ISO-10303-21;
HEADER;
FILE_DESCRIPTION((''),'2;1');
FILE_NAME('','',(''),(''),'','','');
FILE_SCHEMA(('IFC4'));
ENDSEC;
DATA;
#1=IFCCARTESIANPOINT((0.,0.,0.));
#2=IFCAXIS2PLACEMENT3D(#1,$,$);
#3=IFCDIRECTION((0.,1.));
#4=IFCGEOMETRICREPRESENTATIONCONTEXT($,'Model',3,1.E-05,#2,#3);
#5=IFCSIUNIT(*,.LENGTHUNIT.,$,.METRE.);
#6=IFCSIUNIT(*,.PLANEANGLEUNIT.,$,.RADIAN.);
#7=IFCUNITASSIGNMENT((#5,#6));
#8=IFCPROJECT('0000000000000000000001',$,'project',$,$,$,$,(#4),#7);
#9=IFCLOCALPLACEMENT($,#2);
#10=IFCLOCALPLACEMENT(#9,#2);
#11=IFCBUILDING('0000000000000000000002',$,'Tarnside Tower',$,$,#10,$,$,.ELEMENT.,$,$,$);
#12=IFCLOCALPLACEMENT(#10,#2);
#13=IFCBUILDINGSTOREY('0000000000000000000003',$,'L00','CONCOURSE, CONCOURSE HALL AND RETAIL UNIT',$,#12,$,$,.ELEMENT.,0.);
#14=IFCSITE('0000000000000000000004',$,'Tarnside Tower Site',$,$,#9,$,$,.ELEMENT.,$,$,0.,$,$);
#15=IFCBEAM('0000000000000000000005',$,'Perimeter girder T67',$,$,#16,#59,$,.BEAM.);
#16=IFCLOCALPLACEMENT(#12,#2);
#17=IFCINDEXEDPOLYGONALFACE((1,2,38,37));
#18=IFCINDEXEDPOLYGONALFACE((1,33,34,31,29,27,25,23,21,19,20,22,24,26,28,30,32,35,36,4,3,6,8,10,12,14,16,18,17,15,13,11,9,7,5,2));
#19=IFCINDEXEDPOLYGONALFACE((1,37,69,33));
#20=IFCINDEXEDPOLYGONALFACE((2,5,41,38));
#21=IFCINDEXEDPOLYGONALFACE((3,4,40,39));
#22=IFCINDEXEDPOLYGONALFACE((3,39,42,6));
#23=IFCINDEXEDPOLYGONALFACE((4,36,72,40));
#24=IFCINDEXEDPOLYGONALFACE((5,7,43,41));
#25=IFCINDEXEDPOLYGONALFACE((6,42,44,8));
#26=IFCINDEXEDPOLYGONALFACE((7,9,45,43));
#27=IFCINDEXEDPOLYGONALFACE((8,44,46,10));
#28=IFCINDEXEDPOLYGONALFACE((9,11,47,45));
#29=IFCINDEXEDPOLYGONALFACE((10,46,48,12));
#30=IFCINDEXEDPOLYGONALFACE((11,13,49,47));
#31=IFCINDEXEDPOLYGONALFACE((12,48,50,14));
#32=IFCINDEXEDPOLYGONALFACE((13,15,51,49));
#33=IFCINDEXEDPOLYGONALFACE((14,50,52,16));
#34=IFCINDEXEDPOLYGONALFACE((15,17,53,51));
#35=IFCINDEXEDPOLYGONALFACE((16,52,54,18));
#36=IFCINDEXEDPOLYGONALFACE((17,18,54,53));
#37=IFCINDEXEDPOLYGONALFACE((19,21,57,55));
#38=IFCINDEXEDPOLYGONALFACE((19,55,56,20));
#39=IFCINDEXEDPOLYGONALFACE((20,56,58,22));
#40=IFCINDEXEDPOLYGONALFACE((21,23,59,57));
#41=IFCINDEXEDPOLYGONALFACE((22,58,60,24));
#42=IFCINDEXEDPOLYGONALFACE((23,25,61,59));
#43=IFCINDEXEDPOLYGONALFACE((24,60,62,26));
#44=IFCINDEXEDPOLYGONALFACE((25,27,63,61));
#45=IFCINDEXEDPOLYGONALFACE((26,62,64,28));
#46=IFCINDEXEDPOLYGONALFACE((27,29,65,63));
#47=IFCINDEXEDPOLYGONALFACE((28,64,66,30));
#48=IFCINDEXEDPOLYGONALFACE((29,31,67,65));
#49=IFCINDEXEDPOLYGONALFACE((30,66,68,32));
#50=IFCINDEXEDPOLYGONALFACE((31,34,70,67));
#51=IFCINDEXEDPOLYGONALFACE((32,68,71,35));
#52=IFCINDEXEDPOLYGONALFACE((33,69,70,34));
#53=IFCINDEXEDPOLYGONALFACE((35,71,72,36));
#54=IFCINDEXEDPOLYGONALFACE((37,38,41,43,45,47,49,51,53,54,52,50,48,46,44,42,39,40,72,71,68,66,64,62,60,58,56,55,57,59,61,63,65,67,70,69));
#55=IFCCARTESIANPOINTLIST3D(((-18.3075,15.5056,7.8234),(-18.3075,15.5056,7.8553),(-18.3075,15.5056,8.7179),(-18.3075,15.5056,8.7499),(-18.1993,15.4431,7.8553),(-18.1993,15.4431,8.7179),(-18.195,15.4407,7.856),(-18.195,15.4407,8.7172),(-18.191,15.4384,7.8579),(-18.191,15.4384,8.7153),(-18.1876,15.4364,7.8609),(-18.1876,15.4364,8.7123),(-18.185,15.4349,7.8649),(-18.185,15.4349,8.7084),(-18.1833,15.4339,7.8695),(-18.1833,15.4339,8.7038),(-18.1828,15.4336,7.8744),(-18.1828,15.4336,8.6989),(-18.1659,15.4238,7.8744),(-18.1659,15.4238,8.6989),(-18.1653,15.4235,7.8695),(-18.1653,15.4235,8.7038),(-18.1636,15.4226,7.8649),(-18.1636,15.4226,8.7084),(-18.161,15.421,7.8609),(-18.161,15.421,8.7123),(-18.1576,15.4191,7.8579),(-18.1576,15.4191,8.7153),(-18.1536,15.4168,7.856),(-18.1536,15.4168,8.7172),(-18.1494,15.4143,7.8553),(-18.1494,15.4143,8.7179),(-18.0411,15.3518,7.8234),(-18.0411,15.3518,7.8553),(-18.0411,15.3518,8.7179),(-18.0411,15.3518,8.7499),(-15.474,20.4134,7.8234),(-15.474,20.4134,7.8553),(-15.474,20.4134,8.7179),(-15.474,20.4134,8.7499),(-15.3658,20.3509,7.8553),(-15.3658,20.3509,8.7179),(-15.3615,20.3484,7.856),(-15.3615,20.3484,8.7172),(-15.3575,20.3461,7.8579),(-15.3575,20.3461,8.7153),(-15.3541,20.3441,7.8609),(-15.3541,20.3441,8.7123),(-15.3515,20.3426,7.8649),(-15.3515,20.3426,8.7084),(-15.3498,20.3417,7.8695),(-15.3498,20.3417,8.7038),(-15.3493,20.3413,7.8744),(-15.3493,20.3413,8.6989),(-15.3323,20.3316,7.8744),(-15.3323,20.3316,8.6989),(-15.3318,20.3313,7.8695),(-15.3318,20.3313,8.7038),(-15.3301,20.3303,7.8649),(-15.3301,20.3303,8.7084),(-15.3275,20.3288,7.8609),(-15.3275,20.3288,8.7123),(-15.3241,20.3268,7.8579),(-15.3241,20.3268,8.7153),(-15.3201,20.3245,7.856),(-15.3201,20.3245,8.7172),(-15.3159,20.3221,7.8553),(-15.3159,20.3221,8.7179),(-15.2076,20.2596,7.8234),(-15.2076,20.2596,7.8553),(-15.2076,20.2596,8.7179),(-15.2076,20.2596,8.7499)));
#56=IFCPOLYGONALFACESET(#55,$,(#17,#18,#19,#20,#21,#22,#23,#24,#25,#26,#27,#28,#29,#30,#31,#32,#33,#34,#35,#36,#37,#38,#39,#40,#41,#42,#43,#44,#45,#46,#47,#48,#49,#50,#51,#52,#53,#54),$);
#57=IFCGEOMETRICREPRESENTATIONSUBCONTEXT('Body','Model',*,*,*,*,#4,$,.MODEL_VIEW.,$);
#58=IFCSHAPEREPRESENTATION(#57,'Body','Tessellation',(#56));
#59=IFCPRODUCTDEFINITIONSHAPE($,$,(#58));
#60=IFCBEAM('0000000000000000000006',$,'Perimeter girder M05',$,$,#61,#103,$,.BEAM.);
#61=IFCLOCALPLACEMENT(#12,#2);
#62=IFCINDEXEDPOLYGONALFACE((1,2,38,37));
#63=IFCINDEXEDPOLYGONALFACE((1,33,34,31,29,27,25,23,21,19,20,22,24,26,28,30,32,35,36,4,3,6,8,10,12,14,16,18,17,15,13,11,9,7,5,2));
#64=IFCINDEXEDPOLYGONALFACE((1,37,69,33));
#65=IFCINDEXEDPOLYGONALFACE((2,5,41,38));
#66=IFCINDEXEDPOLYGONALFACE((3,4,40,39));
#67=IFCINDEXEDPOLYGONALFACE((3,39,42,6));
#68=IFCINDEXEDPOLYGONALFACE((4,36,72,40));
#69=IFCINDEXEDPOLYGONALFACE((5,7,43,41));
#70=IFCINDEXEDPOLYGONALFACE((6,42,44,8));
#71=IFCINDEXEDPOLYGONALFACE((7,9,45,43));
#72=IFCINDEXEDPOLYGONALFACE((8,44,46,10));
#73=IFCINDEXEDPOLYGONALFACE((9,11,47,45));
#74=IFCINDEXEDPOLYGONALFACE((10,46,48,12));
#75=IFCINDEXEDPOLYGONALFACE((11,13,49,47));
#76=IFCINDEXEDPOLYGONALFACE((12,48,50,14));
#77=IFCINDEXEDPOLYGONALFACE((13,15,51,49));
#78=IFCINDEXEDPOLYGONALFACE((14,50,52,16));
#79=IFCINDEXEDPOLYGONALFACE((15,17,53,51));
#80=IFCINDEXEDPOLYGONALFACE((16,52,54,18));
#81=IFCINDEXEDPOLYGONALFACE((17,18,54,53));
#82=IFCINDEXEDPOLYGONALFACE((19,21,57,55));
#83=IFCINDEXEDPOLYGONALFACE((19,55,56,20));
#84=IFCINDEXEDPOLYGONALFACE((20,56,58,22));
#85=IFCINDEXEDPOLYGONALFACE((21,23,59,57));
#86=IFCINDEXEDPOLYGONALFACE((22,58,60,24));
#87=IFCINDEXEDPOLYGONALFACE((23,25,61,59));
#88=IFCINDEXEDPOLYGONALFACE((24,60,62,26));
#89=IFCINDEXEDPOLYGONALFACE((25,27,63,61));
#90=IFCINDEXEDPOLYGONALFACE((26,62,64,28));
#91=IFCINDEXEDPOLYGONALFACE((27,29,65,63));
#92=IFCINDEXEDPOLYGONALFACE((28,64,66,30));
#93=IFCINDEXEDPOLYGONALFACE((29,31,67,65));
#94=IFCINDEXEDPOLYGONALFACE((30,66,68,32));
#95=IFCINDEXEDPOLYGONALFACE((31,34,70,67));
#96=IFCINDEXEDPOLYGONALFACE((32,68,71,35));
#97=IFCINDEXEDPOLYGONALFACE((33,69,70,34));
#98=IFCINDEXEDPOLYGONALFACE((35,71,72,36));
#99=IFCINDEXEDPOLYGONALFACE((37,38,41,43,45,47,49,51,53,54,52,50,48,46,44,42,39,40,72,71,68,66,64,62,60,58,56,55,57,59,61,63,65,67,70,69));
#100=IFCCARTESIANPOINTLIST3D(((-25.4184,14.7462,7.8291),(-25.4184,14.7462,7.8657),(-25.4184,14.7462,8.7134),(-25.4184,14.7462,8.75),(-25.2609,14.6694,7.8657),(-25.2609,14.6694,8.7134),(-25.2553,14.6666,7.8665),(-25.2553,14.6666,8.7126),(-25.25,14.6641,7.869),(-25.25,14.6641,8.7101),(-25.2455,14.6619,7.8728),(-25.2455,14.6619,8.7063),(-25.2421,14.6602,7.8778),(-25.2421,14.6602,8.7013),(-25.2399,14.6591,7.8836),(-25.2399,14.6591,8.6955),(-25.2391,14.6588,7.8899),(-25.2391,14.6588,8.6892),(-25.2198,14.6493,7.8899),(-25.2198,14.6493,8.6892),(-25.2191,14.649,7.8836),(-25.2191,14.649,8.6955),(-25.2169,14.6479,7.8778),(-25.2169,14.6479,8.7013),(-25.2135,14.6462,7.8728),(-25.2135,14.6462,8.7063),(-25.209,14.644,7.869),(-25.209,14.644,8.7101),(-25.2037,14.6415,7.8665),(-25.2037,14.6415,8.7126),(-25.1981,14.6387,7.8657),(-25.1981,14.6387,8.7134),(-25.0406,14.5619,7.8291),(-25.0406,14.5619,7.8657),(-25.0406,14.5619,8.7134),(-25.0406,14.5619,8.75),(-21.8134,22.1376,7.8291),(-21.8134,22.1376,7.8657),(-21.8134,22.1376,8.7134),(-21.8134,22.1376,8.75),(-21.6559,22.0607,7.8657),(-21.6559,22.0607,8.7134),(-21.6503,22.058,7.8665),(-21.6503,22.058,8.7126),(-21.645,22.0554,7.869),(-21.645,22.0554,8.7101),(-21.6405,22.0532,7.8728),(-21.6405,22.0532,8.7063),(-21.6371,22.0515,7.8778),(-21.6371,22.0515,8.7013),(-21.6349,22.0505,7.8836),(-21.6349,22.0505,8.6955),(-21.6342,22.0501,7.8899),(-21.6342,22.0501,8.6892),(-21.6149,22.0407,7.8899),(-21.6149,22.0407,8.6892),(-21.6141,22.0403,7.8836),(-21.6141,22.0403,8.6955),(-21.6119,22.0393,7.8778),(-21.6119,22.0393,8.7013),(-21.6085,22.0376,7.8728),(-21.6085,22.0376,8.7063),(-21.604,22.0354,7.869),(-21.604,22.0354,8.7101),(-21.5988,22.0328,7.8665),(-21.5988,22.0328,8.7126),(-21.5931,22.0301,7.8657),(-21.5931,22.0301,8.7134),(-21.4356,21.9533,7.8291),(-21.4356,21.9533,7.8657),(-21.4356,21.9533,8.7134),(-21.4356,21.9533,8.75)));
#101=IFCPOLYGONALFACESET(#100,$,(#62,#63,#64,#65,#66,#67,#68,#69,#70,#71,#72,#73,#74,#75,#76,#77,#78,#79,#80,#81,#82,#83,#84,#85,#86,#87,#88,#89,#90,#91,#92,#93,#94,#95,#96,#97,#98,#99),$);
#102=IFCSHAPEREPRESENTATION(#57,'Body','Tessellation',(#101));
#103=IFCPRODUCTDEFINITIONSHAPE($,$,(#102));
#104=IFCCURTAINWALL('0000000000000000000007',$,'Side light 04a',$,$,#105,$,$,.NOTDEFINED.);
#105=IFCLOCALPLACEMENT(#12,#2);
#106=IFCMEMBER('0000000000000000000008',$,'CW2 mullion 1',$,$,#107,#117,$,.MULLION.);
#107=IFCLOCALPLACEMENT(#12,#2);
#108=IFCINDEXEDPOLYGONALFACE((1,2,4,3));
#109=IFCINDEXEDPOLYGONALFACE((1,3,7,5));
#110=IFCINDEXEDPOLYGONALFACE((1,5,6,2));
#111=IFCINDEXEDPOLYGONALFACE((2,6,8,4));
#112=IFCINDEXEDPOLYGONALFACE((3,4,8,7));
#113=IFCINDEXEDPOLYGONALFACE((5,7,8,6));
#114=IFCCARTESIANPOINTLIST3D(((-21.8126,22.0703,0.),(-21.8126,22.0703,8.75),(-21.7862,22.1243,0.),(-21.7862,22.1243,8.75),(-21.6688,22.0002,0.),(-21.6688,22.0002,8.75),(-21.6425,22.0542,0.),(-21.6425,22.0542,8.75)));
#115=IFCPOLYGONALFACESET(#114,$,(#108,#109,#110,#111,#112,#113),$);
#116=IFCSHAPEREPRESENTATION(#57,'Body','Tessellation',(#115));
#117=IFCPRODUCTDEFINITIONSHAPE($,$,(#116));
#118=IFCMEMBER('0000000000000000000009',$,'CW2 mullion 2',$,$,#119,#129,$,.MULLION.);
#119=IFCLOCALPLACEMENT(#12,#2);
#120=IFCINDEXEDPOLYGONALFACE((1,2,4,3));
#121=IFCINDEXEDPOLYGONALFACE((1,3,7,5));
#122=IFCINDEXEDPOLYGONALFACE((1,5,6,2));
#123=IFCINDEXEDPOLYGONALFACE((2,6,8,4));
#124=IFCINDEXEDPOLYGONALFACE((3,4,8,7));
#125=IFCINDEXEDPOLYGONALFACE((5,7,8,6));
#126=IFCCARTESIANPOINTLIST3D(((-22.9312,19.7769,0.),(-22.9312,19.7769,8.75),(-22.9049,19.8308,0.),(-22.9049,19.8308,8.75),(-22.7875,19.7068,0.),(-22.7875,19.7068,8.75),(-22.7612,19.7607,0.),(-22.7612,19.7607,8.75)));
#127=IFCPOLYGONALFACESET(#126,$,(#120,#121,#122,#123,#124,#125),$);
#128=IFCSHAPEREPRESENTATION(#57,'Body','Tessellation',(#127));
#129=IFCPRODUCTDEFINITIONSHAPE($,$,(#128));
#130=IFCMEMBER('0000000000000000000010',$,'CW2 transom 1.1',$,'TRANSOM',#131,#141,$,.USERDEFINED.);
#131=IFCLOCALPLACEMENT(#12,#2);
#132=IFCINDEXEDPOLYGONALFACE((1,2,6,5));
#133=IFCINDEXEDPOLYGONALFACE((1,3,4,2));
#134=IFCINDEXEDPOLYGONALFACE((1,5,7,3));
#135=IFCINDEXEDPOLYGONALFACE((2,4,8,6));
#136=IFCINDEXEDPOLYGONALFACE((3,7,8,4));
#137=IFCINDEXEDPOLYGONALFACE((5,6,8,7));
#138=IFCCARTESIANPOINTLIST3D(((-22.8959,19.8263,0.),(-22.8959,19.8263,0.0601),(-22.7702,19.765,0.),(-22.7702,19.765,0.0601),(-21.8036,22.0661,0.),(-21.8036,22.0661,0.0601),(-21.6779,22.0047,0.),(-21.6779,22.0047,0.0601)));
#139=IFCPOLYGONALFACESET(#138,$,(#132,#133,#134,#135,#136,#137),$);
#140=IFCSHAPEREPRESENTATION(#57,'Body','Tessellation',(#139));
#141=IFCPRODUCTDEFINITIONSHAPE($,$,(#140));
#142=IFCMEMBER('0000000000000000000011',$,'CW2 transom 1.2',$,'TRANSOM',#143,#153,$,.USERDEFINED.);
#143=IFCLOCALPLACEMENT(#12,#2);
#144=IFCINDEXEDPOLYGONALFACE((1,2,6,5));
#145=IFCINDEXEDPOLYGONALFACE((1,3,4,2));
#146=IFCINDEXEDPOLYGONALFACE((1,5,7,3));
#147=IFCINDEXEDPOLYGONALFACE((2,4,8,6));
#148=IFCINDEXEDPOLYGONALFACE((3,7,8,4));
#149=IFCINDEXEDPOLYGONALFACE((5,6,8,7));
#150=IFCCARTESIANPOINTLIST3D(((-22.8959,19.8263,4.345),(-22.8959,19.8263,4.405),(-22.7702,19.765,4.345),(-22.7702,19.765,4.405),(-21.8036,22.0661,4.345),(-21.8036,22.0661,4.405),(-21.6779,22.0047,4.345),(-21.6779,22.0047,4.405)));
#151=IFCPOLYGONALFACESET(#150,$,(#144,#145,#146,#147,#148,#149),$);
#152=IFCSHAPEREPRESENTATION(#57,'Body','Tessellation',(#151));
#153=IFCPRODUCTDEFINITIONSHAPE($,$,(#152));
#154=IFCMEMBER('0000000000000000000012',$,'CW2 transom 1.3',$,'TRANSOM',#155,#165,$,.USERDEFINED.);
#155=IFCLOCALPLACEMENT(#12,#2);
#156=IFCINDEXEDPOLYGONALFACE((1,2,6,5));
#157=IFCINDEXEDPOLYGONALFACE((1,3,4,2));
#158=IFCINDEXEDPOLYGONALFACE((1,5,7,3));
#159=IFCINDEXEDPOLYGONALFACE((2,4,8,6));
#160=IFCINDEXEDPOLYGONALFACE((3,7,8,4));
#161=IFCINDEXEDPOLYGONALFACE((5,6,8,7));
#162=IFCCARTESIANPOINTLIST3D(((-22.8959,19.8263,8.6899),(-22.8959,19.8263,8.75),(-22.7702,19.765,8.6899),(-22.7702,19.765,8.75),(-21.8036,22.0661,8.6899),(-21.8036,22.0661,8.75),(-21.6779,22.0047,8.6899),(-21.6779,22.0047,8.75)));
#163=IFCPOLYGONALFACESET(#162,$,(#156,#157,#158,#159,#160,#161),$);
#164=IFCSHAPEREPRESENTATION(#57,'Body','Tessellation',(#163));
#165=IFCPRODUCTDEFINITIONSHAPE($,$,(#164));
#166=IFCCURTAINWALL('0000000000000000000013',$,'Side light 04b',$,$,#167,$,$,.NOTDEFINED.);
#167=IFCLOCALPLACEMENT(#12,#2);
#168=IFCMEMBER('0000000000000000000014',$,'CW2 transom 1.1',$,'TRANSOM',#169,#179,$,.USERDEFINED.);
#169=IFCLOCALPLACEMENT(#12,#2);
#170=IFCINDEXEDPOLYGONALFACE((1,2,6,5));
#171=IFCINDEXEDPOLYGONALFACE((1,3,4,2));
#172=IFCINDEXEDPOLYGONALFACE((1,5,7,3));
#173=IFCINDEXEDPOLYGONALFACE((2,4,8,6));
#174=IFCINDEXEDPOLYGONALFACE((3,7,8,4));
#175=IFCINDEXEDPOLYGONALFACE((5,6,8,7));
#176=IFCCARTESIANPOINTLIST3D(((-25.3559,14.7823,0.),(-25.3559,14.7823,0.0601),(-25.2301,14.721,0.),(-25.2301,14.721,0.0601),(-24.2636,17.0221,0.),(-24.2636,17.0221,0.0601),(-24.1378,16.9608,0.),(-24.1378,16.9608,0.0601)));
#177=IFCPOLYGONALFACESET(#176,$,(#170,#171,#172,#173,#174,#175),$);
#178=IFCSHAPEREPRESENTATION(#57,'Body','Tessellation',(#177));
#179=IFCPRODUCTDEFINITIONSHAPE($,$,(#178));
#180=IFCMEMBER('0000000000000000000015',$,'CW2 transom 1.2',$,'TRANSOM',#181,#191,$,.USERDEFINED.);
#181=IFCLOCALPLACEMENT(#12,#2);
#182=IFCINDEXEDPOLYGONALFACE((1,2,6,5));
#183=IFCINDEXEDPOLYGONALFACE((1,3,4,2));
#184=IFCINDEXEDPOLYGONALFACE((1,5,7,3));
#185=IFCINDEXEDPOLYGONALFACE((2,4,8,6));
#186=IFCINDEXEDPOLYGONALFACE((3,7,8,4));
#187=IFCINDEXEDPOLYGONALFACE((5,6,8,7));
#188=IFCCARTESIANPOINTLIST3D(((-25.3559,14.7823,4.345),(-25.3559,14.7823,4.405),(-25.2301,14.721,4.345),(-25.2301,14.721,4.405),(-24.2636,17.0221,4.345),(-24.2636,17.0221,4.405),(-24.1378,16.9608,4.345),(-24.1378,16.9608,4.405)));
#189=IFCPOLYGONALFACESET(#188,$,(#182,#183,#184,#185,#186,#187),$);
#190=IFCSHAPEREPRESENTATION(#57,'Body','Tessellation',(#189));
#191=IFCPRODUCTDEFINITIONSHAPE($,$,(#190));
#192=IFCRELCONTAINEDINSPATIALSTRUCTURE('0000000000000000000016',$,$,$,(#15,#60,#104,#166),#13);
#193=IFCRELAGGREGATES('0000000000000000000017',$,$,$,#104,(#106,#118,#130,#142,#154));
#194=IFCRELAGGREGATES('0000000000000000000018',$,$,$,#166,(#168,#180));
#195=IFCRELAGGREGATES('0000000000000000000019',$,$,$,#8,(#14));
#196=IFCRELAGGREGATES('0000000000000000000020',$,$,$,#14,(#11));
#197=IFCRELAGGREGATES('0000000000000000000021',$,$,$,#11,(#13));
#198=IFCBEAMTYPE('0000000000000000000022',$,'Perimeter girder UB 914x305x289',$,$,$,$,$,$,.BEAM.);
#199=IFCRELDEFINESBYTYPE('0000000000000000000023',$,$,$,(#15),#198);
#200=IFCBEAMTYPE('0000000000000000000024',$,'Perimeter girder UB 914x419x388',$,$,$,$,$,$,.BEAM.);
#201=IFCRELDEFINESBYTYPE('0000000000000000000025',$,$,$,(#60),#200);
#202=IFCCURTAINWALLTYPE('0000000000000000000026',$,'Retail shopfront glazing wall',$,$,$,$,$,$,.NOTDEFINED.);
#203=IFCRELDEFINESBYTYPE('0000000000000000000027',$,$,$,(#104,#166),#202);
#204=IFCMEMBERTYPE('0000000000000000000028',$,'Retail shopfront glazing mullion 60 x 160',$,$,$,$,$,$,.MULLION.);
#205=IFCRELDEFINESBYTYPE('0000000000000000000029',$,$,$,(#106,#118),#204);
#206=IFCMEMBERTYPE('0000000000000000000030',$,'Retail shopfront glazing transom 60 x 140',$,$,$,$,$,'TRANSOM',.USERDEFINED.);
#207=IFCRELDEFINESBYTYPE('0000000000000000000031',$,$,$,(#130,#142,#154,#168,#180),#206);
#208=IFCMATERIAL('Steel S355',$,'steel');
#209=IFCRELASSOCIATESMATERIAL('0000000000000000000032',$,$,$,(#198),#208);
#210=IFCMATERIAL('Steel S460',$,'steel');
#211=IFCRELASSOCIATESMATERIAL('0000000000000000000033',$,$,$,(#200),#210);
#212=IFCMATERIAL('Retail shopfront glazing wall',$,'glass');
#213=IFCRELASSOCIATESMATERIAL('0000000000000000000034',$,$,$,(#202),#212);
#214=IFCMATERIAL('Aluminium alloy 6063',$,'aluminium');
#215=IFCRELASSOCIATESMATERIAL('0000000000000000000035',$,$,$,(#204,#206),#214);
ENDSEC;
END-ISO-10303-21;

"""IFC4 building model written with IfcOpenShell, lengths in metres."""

from ifc_helpers import new_model, si_unit, direction, frame, origin, origin_2d, place, context, subcontext, project, spatial, rectangle, i_section, extrude, material, material_profile, profile_set, type_object, element, aggregate, save


model = new_model("IFC4")

# Units and contexts
model_context = context("Model", 3, precision=1e-05, world=origin(), true_north=direction((0.0, 1.0)))
body_context = subcontext(model_context, "Body", "Model", "MODEL_VIEW")
ifc_project = project(units=[si_unit("LENGTHUNIT", "METRE"), si_unit("PLANEANGLEUNIT", "RADIAN")], contexts=[model_context])

# Site, building, storey
site_placement = place(None, origin())
site = spatial("IfcSite", under=ifc_project, at=site_placement, Name="Tarnside Tower Site", CompositionType="ELEMENT", RefElevation=0.0)
building_placement = place(site_placement, origin())
building = spatial("IfcBuilding", under=site, at=building_placement, Name="Tarnside Tower", CompositionType="ELEMENT")
storey_placement = place(building_placement, origin())
storey = spatial("IfcBuildingStorey", under=building, at=storey_placement, Name="L00", Description="CONCOURSE, CONCOURSE HALL AND RETAIL UNIT", CompositionType="ELEMENT", Elevation=0.0)

# Beams
ifc_material_1 = material(Name="Steel S355", Category="steel")
ifc_material_profile_1 = material_profile(ifc_material_1, i_section(OverallWidth=0.3076, OverallDepth=0.9265, WebThickness=0.0195, FlangeThickness=0.032, FilletRadius=0.019, at=origin_2d()), Name="UB 914x305x289")
ifc_profile_set_1 = profile_set([ifc_material_profile_1], Name="Steel S355")
beam_type_1 = type_object("IfcBeamType", Name="Perimeter girder UB 914x305x289", PredefinedType="BEAM", material=ifc_profile_set_1)
beam_1_placement = place(storey_placement, frame((-18.1743, 15.4287, 8.2866), z_axis=(0.500003, 0.866023, 0.0), x_axis=(-0.866023, 0.500003, 0.0)))
element("IfcBeam", 1, at=beam_1_placement, inside=storey, type_object=beam_type_1, Name="Perimeter girder T67", PredefinedType="BEAM", context=body_context, shape_type="SweptSolid", body=[
    extrude(i_section(OverallWidth=0.3076, OverallDepth=0.9265, WebThickness=0.0195, FlangeThickness=0.032, FilletRadius=0.019, at=origin_2d()), origin(), (0.0, 0.0, 1.0), 5.667),
])
ifc_material_2 = material(Name="Steel S460", Category="steel")
ifc_material_profile_2 = material_profile(ifc_material_2, i_section(OverallWidth=0.4204, OverallDepth=0.9209, WebThickness=0.0215, FlangeThickness=0.0366, FilletRadius=0.0242, at=origin_2d()), Name="UB 914x419x388")
ifc_profile_set_2 = profile_set([ifc_material_profile_2], Name="Steel S460")
beam_type_2 = type_object("IfcBeamType", Name="Perimeter girder UB 914x419x388", PredefinedType="BEAM", material=ifc_profile_set_2)
beam_2_placement = place(storey_placement, frame((-21.6245, 22.0454, 8.2896), z_axis=(-0.438369, -0.898795, 0.0), x_axis=(0.898795, -0.438369, 0.0)))
element("IfcBeam", 2, at=beam_2_placement, inside=storey, type_object=beam_type_2, Name="Perimeter girder M05", PredefinedType="BEAM", context=body_context, shape_type="SweptSolid", body=[
    extrude(i_section(OverallWidth=0.4204, OverallDepth=0.9209, WebThickness=0.0215, FlangeThickness=0.0366, FilletRadius=0.0242, at=origin_2d()), origin(), (0.0, 0.0, 1.0), 8.2236),
])

# Curtain walls, members
ifc_material_3 = material(Name="Retail shopfront glazing wall", Category="glass")
curtain_wall_type = type_object("IfcCurtainWallType", Name="Retail shopfront glazing wall", PredefinedType="NOTDEFINED", material=ifc_material_3)
curtain_wall_1_placement = place(storey_placement, origin())
curtain_wall_1 = element("IfcCurtainWall", 3, at=curtain_wall_1_placement, inside=storey, type_object=curtain_wall_type, Name="Side light 04a", PredefinedType="NOTDEFINED")
ifc_material_4 = material(Name="Aluminium alloy 6063", Category="aluminium")
ifc_material_profile_3 = material_profile(ifc_material_4, rectangle(XDim=0.1599, YDim=0.0601, at=origin_2d()), Name="Retail shopfront glazing mullion 60 x 160")
ifc_profile_set_3 = profile_set([ifc_material_profile_3], Name="Aluminium alloy 6063")
member_type_1 = type_object("IfcMemberType", Name="Retail shopfront glazing mullion 60 x 160", PredefinedType="MULLION", material=ifc_profile_set_3)
member_1_placement = place(storey_placement, frame((-21.7275, 22.0623, 0.0), z_axis=(0.0, 0.0, 1.0), x_axis=(0.898794, -0.438371, 0.0)))
member_1 = element("IfcMember", 4, at=member_1_placement, type_object=member_type_1, Name="CW2 mullion 1", PredefinedType="MULLION", context=body_context, shape_type="SweptSolid", body=[
    extrude(rectangle(XDim=0.1599, YDim=0.0601, at=origin_2d()), origin(), (0.0, 0.0, 1.0), 8.75),
])
member_2_placement = place(storey_placement, frame((-22.8462, 19.7688, 0.0), z_axis=(0.0, 0.0, 1.0), x_axis=(0.898794, -0.438371, 0.0)))
member_2 = element("IfcMember", 5, at=member_2_placement, type_object=member_type_1, Name="CW2 mullion 2", PredefinedType="MULLION", context=body_context, shape_type="SweptSolid", body=[
    extrude(rectangle(XDim=0.1599, YDim=0.0601, at=origin_2d()), origin(), (0.0, 0.0, 1.0), 8.75),
])
ifc_material_profile_4 = material_profile(ifc_material_4, rectangle(XDim=0.1399, YDim=0.0601, at=origin_2d()), Name="Retail shopfront glazing transom 60 x 140")
ifc_profile_set_4 = profile_set([ifc_material_profile_4], Name="Aluminium alloy 6063")
member_type_2 = type_object("IfcMemberType", Name="Retail shopfront glazing transom 60 x 140", ElementType="TRANSOM", PredefinedType="USERDEFINED", material=ifc_profile_set_4)
member_3_placement = place(storey_placement, frame((-21.7407, 22.0354, 0.03), z_axis=(-0.438335, -0.898812, 0.0), x_axis=(0.898812, -0.438335, 0.0)))
member_3 = element("IfcMember", 6, at=member_3_placement, type_object=member_type_2, Name="CW2 transom 1.1", ObjectType="TRANSOM", PredefinedType="USERDEFINED", context=body_context, shape_type="SweptSolid", body=[
    extrude(rectangle(XDim=0.1399, YDim=0.0601, at=origin_2d()), origin(), (0.0, 0.0, 1.0), 2.4919),
])
member_4_placement = place(storey_placement, frame((-21.7407, 22.0354, 4.375), z_axis=(-0.438335, -0.898812, 0.0), x_axis=(0.898812, -0.438335, 0.0)))
member_4 = element("IfcMember", 7, at=member_4_placement, type_object=member_type_2, Name="CW2 transom 1.2", ObjectType="TRANSOM", PredefinedType="USERDEFINED", context=body_context, shape_type="SweptSolid", body=[
    extrude(rectangle(XDim=0.1399, YDim=0.0601, at=origin_2d()), origin(), (0.0, 0.0, 1.0), 2.4919),
])
member_5_placement = place(storey_placement, frame((-21.7407, 22.0354, 8.72), z_axis=(-0.438335, -0.898812, 0.0), x_axis=(0.898812, -0.438335, 0.0)))
member_5 = element("IfcMember", 8, at=member_5_placement, type_object=member_type_2, Name="CW2 transom 1.3", ObjectType="TRANSOM", PredefinedType="USERDEFINED", context=body_context, shape_type="SweptSolid", body=[
    extrude(rectangle(XDim=0.1399, YDim=0.0601, at=origin_2d()), origin(), (0.0, 0.0, 1.0), 2.4919),
])
curtain_wall_2_placement = place(storey_placement, origin())
curtain_wall_2 = element("IfcCurtainWall", 9, at=curtain_wall_2_placement, inside=storey, type_object=curtain_wall_type, Name="Side light 04b", PredefinedType="NOTDEFINED")
member_6_placement = place(storey_placement, frame((-24.2007, 16.9915, 0.03), z_axis=(-0.438335, -0.898812, 0.0), x_axis=(0.898812, -0.438335, 0.0)))
member_6 = element("IfcMember", 10, at=member_6_placement, type_object=member_type_2, Name="CW2 transom 1.1", ObjectType="TRANSOM", PredefinedType="USERDEFINED", context=body_context, shape_type="SweptSolid", body=[
    extrude(rectangle(XDim=0.1399, YDim=0.0601, at=origin_2d()), origin(), (0.0, 0.0, 1.0), 2.4919),
])
member_7_placement = place(storey_placement, frame((-24.2007, 16.9915, 4.375), z_axis=(-0.438335, -0.898812, 0.0), x_axis=(0.898812, -0.438335, 0.0)))
member_7 = element("IfcMember", 11, at=member_7_placement, type_object=member_type_2, Name="CW2 transom 1.2", ObjectType="TRANSOM", PredefinedType="USERDEFINED", context=body_context, shape_type="SweptSolid", body=[
    extrude(rectangle(XDim=0.1399, YDim=0.0601, at=origin_2d()), origin(), (0.0, 0.0, 1.0), 2.4919),
])

aggregate(curtain_wall_1, [member_1, member_2, member_3, member_4, member_5])
aggregate(curtain_wall_2, [member_6, member_7])

save(model, "model.ifc")
